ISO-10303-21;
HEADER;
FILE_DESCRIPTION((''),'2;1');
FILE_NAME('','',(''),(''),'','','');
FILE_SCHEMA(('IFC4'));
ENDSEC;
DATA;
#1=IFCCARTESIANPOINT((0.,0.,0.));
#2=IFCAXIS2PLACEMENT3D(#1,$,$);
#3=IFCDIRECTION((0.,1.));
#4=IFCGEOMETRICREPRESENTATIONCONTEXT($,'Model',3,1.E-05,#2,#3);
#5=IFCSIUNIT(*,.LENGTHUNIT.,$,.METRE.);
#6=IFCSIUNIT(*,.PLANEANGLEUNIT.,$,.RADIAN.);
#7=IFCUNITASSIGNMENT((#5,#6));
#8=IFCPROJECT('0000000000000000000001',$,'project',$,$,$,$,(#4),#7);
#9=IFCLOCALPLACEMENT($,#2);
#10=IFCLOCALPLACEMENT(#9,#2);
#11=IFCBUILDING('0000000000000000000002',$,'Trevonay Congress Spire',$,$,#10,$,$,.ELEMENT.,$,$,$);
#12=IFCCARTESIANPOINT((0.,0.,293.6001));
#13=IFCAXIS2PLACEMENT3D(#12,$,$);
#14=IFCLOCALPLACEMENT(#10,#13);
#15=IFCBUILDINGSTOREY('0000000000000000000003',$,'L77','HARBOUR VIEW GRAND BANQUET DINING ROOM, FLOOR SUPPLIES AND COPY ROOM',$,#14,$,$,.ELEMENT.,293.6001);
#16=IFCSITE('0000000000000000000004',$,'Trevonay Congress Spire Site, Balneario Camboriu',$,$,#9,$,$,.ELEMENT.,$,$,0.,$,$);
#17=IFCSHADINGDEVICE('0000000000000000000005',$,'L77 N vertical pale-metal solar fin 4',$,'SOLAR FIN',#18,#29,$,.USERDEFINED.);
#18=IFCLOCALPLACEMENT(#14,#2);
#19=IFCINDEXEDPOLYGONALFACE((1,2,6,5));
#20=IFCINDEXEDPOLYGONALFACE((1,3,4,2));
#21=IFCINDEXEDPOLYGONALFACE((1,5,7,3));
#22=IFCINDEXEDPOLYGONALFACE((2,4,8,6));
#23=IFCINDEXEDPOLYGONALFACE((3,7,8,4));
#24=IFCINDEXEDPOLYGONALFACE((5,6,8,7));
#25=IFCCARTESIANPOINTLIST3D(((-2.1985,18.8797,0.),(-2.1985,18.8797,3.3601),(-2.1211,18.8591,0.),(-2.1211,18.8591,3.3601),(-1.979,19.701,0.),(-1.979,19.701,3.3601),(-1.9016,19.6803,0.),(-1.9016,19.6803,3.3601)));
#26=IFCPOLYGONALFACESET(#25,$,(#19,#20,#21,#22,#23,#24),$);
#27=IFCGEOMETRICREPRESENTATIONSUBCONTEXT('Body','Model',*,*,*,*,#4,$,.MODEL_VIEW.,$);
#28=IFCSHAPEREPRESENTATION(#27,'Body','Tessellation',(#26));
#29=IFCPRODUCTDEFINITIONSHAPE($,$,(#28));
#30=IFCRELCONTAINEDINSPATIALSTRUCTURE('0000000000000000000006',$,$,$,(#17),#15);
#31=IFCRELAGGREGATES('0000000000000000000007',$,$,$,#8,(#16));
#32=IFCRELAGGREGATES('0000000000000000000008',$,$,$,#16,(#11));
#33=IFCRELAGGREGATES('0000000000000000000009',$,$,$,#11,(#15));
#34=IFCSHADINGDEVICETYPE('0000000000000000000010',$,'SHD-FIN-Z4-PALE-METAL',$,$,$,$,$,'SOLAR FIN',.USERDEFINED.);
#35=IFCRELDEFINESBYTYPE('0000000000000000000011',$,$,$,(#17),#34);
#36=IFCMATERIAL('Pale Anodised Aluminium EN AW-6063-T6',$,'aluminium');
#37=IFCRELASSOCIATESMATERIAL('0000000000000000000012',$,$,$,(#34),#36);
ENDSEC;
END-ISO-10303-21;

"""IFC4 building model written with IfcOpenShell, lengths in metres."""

from ifc_helpers import new_model, si_unit, direction, frame, origin, origin_2d, place, context, subcontext, project, spatial, rectangle, extrude, material, type_object, element, save


model = new_model("IFC4")

# Units and contexts
model_context = context("Model", 3, precision=1e-05, world=origin(), true_north=direction((0.0, 1.0)))
body_context = subcontext(model_context, "Body", "Model", "MODEL_VIEW")
ifc_project = project(units=[si_unit("LENGTHUNIT", "METRE"), si_unit("PLANEANGLEUNIT", "RADIAN")], contexts=[model_context])

# Site, building, storey
site_placement = place(None, origin())
site = spatial("IfcSite", under=ifc_project, at=site_placement, Name="Trevonay Congress Spire Site, Balneario Camboriu", CompositionType="ELEMENT", RefElevation=0.0)
building_placement = place(site_placement, origin())
building = spatial("IfcBuilding", under=site, at=building_placement, Name="Trevonay Congress Spire", CompositionType="ELEMENT")
storey_placement = place(building_placement, frame((0.0, 0.0, 293.6001)))
storey = spatial("IfcBuildingStorey", under=building, at=storey_placement, Name="L77", Description="HARBOUR VIEW GRAND BANQUET DINING ROOM, FLOOR SUPPLIES AND COPY ROOM", CompositionType="ELEMENT", Elevation=293.6001)

# Shared definitions
ifc_material_1 = material(Name="Pale Anodised Aluminium EN AW-6063-T6", Category="aluminium")

# Shading device
shading_device_type = type_object("IfcShadingDeviceType", Name="SHD-FIN-Z4-PALE-METAL", ElementType="SOLAR FIN", PredefinedType="USERDEFINED", material=ifc_material_1)
for number, where, z_axis, x_axis, name in (
    (1, (-2.05, 19.28, 0.0), (0.0, 0.0, 1.0), (0.966106, -0.258145, 0.0), "L77 N vertical pale-metal solar fin 4"),
):
    element("IfcShadingDevice", number, at=place(storey_placement, frame(where, z_axis=z_axis, x_axis=x_axis)), inside=storey, type_object=shading_device_type, Name=name, ObjectType="SOLAR FIN", PredefinedType="USERDEFINED", context=body_context, shape_type="SweptSolid", body=[
        extrude(rectangle(XDim=0.0801, YDim=0.8501, at=origin_2d()), origin(), (0.0, 0.0, 1.0), 3.3601),
    ])

save(model, "model.ifc")
